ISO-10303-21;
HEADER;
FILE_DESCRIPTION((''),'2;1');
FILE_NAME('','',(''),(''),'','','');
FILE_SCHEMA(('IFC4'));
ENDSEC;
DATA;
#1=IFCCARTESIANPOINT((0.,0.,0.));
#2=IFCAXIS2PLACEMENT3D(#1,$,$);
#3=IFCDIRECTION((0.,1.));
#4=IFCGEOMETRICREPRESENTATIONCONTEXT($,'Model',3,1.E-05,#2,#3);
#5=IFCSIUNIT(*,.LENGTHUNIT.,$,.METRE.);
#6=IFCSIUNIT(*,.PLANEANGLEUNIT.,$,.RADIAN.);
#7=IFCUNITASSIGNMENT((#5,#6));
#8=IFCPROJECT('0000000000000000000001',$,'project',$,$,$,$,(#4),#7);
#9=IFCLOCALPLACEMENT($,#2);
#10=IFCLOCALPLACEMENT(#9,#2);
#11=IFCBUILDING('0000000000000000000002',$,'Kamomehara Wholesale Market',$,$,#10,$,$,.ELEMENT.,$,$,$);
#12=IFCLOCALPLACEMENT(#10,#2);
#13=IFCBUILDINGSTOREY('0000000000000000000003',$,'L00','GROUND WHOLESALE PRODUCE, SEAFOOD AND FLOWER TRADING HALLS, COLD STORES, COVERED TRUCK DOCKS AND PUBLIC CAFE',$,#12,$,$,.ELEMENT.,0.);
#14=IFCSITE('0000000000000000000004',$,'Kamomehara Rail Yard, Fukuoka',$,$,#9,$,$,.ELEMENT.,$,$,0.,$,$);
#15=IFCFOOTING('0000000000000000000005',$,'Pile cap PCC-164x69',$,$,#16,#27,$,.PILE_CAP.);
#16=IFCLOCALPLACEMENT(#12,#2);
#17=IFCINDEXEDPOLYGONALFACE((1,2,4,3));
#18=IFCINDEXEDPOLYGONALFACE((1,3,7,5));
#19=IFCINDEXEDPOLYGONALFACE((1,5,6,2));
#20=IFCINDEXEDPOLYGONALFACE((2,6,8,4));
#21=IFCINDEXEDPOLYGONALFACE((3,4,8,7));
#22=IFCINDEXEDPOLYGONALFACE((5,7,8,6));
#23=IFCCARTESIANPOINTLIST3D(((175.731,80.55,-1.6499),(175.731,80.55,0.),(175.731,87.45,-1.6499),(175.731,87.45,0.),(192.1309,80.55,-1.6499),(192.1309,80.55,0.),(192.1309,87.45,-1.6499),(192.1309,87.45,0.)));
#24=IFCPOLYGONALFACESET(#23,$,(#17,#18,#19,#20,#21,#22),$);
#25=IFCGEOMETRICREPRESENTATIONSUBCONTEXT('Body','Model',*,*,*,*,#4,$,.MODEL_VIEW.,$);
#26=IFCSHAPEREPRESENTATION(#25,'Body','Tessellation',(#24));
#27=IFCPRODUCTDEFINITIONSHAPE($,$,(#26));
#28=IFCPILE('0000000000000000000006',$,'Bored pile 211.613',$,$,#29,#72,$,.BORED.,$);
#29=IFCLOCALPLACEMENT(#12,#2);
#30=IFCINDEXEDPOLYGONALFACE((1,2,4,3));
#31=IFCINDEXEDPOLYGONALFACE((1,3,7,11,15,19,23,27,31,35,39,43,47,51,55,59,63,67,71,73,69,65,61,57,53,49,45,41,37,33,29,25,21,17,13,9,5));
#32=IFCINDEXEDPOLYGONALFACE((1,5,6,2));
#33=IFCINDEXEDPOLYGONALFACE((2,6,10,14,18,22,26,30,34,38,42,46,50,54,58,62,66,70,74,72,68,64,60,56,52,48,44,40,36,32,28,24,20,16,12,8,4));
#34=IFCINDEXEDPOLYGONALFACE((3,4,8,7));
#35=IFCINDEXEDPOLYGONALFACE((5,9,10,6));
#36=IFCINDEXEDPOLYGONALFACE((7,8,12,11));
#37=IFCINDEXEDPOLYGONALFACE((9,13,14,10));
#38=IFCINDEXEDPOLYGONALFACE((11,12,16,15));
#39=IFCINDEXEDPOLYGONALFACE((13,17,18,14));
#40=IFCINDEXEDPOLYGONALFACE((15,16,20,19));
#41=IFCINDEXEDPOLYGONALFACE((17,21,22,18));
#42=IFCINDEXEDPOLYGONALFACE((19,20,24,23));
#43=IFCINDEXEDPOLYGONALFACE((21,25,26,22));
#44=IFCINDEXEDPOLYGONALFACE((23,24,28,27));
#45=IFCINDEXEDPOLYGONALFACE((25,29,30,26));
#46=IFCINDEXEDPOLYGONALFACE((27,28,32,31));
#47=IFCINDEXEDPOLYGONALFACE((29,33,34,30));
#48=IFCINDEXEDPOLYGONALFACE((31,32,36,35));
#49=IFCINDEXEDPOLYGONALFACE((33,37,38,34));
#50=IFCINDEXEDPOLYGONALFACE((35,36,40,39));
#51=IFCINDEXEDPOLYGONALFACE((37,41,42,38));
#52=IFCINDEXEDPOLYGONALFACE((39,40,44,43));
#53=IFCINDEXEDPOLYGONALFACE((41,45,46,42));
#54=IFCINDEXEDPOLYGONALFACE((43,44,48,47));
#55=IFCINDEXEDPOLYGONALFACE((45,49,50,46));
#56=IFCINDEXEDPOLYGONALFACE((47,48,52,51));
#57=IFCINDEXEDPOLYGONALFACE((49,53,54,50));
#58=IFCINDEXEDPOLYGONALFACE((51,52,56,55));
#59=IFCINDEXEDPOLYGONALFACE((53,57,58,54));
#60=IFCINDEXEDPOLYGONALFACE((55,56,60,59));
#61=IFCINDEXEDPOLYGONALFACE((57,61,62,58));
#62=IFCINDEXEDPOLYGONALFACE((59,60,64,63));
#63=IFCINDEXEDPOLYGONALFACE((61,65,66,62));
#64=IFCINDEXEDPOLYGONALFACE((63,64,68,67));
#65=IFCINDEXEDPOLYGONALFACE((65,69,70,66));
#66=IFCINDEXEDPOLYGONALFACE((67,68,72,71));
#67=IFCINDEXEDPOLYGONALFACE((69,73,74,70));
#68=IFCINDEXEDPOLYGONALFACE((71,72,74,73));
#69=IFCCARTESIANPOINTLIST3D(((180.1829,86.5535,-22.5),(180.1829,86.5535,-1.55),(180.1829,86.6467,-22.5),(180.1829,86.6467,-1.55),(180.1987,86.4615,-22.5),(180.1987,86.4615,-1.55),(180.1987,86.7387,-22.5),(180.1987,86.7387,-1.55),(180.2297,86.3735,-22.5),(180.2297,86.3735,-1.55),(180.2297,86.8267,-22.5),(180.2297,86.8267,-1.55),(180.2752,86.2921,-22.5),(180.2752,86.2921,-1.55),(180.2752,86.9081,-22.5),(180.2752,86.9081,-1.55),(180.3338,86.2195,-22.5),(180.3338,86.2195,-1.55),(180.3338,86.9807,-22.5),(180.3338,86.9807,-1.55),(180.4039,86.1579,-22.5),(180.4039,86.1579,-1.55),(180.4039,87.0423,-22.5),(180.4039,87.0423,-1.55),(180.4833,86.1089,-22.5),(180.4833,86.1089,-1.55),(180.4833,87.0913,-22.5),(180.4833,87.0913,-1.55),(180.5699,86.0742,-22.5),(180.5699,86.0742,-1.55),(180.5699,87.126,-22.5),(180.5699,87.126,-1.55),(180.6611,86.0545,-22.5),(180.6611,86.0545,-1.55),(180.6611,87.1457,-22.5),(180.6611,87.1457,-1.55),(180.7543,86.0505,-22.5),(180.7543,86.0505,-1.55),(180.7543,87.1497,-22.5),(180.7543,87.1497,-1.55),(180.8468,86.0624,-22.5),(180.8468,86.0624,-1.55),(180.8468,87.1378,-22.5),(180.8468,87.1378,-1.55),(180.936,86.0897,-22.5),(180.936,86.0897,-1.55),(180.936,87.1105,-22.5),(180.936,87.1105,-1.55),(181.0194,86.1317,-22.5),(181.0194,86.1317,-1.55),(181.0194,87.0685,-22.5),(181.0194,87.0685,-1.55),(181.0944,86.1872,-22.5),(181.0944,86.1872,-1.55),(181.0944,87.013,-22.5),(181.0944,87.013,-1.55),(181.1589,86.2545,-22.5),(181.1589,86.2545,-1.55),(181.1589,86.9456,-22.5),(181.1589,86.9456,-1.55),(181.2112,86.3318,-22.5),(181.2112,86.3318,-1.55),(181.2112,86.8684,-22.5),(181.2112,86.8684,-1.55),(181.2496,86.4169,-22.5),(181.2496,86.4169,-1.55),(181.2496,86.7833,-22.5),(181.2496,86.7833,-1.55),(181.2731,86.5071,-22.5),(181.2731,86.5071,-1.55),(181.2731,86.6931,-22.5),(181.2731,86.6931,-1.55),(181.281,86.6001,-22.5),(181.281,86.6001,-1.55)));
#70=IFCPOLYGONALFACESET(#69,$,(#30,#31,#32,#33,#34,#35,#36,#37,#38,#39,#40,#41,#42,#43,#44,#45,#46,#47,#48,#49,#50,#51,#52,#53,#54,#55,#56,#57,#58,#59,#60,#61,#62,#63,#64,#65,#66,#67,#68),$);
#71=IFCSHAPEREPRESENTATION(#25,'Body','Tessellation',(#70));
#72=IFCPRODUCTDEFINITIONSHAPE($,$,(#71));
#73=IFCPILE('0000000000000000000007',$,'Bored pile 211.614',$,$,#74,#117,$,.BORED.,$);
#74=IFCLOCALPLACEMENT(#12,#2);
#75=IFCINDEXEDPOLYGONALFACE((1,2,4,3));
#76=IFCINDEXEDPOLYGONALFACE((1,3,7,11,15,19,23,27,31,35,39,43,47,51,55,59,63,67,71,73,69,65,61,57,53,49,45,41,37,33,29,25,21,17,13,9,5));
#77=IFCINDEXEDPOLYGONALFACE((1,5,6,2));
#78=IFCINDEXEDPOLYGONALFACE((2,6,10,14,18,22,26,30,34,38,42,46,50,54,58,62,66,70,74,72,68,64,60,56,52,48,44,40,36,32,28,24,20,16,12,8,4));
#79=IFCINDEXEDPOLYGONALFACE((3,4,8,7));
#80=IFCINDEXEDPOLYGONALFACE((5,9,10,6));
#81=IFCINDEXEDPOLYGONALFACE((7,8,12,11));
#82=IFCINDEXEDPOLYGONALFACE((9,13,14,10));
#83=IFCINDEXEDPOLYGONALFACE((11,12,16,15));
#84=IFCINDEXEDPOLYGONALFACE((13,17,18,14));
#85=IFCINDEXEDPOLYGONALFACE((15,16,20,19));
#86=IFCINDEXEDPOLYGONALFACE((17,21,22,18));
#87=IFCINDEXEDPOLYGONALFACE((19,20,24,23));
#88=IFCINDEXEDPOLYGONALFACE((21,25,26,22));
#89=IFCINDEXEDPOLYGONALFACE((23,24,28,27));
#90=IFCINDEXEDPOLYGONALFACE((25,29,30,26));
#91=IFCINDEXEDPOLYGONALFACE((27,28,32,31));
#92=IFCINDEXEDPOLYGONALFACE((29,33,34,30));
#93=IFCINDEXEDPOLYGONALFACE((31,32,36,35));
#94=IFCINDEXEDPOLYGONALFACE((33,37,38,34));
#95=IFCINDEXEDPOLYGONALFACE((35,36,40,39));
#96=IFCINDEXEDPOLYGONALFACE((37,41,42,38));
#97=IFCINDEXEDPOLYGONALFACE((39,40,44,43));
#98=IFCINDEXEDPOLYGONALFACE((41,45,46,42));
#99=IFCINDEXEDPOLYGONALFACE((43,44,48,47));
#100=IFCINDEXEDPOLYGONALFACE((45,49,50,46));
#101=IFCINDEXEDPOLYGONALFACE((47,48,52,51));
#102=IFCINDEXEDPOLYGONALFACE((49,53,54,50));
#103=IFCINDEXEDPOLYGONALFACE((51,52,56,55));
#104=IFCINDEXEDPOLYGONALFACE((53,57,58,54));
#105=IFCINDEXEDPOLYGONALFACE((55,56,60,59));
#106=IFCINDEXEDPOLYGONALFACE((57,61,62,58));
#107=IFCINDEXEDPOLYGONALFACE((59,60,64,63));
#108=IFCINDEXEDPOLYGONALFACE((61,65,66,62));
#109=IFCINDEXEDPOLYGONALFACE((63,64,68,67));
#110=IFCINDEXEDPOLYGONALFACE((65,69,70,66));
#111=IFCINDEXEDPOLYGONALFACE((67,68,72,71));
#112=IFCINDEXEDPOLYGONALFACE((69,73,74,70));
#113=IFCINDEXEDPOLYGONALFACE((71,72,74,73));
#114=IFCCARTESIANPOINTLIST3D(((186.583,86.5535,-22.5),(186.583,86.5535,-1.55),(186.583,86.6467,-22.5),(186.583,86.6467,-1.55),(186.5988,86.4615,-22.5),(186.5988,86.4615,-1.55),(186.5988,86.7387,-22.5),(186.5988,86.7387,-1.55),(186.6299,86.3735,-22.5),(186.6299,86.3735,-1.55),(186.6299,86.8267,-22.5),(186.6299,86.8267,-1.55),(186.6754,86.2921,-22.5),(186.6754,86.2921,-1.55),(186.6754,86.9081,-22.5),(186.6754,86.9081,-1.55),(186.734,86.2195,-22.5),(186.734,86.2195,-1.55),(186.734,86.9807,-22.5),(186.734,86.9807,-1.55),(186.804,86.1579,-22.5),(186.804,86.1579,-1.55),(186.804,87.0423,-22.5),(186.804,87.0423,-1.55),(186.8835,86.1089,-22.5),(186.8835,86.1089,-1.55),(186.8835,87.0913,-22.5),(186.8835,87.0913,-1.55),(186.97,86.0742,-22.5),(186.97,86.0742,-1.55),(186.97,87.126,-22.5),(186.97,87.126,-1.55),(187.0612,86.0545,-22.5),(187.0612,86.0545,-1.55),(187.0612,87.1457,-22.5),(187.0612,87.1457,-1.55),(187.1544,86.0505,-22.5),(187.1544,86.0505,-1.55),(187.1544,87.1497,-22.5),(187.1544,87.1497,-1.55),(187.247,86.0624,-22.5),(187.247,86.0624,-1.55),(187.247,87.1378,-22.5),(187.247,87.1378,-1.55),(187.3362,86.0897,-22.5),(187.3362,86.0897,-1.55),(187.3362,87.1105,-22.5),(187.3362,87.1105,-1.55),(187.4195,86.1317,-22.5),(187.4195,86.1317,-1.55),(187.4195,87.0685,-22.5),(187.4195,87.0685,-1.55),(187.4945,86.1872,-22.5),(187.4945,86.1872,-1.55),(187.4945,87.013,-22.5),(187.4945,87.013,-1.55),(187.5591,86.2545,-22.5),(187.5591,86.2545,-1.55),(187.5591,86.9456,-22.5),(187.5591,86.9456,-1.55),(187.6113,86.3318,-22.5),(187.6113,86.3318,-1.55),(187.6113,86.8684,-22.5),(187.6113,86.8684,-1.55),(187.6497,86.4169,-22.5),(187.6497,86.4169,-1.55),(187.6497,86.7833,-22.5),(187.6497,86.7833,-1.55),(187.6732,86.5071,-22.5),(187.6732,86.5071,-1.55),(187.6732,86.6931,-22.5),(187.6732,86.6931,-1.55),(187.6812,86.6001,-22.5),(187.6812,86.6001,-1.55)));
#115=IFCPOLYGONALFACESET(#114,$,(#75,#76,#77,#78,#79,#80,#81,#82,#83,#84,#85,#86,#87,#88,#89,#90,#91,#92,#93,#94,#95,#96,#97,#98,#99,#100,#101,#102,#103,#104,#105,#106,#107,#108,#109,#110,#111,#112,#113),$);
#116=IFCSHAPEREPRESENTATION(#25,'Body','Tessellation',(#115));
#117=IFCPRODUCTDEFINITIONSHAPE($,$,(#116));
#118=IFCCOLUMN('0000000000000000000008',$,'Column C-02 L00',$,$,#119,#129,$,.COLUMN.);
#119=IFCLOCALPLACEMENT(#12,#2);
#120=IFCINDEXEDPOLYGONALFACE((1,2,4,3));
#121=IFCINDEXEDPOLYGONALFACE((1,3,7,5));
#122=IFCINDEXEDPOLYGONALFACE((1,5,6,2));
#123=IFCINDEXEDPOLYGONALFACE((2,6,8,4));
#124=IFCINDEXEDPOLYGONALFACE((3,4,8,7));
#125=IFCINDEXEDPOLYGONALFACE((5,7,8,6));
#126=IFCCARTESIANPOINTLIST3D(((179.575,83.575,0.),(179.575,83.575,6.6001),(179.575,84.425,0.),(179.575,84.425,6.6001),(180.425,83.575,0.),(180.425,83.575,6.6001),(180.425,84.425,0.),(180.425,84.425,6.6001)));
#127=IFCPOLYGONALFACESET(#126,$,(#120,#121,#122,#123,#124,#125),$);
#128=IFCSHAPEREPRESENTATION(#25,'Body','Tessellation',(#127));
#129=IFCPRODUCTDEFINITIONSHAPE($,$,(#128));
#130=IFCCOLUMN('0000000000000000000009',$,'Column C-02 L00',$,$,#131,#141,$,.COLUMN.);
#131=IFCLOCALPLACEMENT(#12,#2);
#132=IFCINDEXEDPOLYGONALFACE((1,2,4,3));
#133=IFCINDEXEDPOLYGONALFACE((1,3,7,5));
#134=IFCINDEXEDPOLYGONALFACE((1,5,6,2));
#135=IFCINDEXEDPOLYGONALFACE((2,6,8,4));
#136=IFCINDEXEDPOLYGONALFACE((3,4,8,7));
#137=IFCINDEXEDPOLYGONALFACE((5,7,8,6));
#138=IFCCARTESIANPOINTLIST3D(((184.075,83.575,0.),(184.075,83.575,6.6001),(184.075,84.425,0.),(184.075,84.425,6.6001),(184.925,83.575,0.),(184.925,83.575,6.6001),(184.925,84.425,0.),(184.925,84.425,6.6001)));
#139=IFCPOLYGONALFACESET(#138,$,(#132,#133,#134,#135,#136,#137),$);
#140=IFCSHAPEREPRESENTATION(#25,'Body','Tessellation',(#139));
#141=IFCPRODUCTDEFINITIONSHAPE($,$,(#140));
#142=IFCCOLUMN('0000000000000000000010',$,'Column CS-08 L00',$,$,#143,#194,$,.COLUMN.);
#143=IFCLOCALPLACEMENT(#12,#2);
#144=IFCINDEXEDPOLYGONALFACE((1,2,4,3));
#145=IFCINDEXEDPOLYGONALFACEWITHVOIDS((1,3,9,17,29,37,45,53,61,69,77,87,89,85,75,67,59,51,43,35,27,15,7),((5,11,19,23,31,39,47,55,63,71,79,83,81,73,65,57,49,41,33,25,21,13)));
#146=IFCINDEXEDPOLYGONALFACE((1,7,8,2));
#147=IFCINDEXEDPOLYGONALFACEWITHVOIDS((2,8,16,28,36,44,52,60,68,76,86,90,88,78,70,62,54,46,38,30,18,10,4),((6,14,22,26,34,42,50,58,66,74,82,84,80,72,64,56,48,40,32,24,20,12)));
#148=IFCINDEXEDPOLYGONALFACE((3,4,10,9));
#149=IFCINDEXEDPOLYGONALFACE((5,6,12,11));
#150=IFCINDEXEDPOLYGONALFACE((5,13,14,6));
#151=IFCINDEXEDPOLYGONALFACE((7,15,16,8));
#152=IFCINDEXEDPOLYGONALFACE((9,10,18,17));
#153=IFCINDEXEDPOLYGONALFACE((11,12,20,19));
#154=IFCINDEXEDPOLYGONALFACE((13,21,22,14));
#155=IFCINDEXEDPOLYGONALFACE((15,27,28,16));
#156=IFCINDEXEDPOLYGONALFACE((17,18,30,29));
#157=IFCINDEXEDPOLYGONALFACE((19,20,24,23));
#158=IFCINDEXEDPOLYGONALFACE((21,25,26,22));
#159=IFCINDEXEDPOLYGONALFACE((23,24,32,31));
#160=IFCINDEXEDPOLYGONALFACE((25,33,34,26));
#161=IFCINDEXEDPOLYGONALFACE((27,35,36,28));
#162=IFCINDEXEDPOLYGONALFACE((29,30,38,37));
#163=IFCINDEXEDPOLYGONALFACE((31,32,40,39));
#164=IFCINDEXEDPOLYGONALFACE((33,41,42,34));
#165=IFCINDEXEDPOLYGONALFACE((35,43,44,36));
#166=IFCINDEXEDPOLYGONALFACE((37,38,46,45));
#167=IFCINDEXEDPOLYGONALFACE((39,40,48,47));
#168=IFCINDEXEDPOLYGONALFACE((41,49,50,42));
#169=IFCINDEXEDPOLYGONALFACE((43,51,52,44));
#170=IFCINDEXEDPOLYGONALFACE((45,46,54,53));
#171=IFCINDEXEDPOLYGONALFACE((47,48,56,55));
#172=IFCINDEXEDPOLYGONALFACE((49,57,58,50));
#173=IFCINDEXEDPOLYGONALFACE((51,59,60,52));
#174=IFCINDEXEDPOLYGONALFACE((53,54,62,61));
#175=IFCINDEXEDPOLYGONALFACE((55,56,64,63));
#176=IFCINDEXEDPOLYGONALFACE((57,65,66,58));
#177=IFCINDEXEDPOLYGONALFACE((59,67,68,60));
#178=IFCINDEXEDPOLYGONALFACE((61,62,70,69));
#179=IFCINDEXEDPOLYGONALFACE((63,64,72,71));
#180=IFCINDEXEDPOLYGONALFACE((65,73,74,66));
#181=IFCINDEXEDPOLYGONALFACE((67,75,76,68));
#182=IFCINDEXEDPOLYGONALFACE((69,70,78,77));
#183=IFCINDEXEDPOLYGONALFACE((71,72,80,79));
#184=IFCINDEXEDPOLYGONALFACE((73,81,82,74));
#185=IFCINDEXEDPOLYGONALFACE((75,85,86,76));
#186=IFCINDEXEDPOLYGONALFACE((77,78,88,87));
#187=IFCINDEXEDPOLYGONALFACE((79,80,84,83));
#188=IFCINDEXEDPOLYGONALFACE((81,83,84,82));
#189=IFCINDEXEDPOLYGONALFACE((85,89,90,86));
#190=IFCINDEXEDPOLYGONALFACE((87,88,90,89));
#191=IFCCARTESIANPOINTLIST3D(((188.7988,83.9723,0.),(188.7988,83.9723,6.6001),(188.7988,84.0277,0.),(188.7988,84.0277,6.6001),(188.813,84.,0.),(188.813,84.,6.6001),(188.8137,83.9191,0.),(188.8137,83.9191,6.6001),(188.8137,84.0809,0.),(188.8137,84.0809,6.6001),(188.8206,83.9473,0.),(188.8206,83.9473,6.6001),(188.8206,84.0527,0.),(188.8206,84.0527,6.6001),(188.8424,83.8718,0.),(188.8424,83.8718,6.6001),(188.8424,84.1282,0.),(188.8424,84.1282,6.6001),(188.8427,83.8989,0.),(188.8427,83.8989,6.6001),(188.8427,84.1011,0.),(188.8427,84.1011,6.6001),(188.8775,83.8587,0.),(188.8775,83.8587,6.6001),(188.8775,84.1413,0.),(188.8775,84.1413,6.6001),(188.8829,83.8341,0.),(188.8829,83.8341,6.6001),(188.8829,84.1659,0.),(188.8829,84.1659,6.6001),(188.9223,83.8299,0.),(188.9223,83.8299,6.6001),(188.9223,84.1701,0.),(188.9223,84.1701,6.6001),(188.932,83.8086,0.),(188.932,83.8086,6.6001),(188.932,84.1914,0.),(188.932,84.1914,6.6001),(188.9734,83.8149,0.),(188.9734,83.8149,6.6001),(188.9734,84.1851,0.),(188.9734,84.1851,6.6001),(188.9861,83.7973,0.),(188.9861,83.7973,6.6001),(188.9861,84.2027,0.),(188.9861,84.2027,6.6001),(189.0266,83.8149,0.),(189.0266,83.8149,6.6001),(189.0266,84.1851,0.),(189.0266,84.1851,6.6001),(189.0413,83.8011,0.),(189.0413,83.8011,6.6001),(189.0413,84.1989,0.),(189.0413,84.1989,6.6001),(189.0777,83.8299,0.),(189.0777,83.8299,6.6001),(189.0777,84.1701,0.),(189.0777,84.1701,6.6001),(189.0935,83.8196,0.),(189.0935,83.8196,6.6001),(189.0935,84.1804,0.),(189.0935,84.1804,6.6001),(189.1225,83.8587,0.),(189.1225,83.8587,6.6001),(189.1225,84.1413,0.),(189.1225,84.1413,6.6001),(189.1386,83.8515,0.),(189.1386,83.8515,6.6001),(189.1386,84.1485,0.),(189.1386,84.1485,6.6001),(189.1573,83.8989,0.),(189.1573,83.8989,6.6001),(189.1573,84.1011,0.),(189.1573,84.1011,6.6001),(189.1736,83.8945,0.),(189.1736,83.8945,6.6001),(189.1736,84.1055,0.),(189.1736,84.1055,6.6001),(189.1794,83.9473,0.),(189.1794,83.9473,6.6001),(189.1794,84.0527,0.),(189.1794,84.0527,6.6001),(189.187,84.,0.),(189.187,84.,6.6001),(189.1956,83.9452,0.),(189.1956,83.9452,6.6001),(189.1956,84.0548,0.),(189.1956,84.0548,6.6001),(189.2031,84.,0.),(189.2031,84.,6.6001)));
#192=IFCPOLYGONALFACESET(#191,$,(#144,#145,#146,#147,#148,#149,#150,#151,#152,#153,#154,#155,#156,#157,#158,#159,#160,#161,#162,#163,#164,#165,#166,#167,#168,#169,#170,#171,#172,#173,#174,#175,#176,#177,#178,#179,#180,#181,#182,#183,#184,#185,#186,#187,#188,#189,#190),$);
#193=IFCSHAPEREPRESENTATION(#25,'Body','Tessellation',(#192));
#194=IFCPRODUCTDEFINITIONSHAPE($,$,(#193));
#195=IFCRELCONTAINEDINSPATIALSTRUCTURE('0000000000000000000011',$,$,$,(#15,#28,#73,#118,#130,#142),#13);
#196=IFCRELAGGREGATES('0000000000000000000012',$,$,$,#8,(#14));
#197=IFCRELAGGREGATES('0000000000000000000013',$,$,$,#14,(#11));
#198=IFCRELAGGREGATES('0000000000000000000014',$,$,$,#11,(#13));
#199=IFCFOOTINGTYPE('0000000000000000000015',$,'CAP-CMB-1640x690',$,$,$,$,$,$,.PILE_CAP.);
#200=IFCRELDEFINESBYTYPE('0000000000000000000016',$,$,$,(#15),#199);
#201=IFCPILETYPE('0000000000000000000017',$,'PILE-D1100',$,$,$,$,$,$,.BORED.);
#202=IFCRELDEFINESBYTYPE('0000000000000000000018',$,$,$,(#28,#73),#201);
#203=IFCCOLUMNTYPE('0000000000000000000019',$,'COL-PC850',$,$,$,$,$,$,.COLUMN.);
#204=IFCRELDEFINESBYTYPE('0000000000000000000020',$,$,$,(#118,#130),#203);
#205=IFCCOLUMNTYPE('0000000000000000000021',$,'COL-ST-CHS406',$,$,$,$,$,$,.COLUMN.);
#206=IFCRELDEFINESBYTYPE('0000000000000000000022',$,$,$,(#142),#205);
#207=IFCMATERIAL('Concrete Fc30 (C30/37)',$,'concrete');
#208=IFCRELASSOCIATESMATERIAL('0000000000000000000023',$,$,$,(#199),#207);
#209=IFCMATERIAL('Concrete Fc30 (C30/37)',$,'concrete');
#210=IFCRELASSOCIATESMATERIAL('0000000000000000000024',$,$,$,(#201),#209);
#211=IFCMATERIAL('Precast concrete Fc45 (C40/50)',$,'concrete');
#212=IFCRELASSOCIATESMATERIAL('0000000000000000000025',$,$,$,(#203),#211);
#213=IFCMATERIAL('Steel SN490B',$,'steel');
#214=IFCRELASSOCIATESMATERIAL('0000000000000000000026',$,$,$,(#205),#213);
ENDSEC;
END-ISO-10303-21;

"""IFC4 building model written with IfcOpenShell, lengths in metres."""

from ifc_helpers import new_model, si_unit, direction, frame, origin, origin_2d, place, context, subcontext, project, spatial, rectangle, circle, hollow_circle, extrude, material, material_profile, profile_set, type_object, element, save


model = new_model("IFC4")

# Units and contexts
model_context = context("Model", 3, precision=1e-05, world=origin(), true_north=direction((0.0, 1.0)))
body_context = subcontext(model_context, "Body", "Model", "MODEL_VIEW")
ifc_project = project(units=[si_unit("LENGTHUNIT", "METRE"), si_unit("PLANEANGLEUNIT", "RADIAN")], contexts=[model_context])

# Site, building, storey
site_placement = place(None, origin())
site = spatial("IfcSite", under=ifc_project, at=site_placement, Name="Kamomehara Rail Yard, Fukuoka", CompositionType="ELEMENT", RefElevation=0.0)
building_placement = place(site_placement, origin())
building = spatial("IfcBuilding", under=site, at=building_placement, Name="Kamomehara Wholesale Market", CompositionType="ELEMENT")
storey_placement = place(building_placement, origin())
storey = spatial("IfcBuildingStorey", under=building, at=storey_placement, Name="L00", Description="GROUND WHOLESALE PRODUCE, SEAFOOD AND FLOWER TRADING HALLS, COLD STORES, COVERED TRUCK DOCKS AND PUBLIC CAFE", CompositionType="ELEMENT", Elevation=0.0)

# Footing
ifc_material_1 = material(Name="Concrete Fc30 (C30/37)", Category="concrete")
footing_type = type_object("IfcFootingType", Name="CAP-CMB-1640x690", PredefinedType="PILE_CAP", material=ifc_material_1)
footing_placement = place(storey_placement, frame((183.9309, 84.0, -1.6499), z_axis=(0.0, 0.0, 1.0), x_axis=(1.0, 0.0, 0.0)))
element("IfcFooting", 1, at=footing_placement, inside=storey, type_object=footing_type, Name="Pile cap PCC-164x69", PredefinedType="PILE_CAP", context=body_context, shape_type="SweptSolid", body=[
    extrude(rectangle(XDim=16.3999, YDim=6.8999, at=origin_2d()), origin(), (0.0, 0.0, 1.0), 1.6499),
])

# Piles
ifc_material_2 = material(Name="Concrete Fc30 (C30/37)", Category="concrete")
ifc_material_profile_1 = material_profile(ifc_material_2, circle(Radius=0.55, at=origin_2d()), Name="RC-PILE-D1100")
ifc_profile_set_1 = profile_set([ifc_material_profile_1], Name="Concrete Fc30 (C30/37)")
pile_type = type_object("IfcPileType", Name="PILE-D1100", PredefinedType="BORED", material=ifc_profile_set_1)
for number, where, z_axis, x_axis, name in (
    (2, (180.731, 86.6001, -1.55), (0.0, 0.0, -1.0), (1.0, 0.0, 0.0), "Bored pile 211.613"),
    (3, (187.1311, 86.6001, -1.55), (0.0, 0.0, -1.0), (1.0, 0.0, 0.0), "Bored pile 211.614"),
):
    element("IfcPile", number, at=place(storey_placement, frame(where, z_axis=z_axis, x_axis=x_axis)), inside=storey, type_object=pile_type, Name=name, PredefinedType="BORED", context=body_context, shape_type="SweptSolid", body=[
        extrude(circle(Radius=0.55, at=origin_2d()), origin(), (0.0, 0.0, 1.0), 20.95),
    ])

# Columns
ifc_material_3 = material(Name="Precast concrete Fc45 (C40/50)", Category="concrete")
ifc_material_profile_2 = material_profile(ifc_material_3, rectangle(XDim=0.8501, YDim=0.8501, at=origin_2d()), Name="PC-COL-850x850")
ifc_profile_set_2 = profile_set([ifc_material_profile_2], Name="Precast concrete Fc45 (C40/50)")
column_type_1 = type_object("IfcColumnType", Name="COL-PC850", PredefinedType="COLUMN", material=ifc_profile_set_2)
for number, where, z_axis, x_axis, name in (
    (4, (180.0, 84.0, 0.0), (0.0, 0.0, 1.0), (1.0, 0.0, 0.0), "Column C-02 L00"),
    (5, (184.5, 84.0, 0.0), (0.0, 0.0, 1.0), (1.0, 0.0, 0.0), "Column C-02 L00"),
):
    element("IfcColumn", number, at=place(storey_placement, frame(where, z_axis=z_axis, x_axis=x_axis)), inside=storey, type_object=column_type_1, Name=name, PredefinedType="COLUMN", context=body_context, shape_type="SweptSolid", body=[
        extrude(rectangle(XDim=0.8501, YDim=0.8501, at=origin_2d()), origin(), (0.0, 0.0, 1.0), 6.6001),
    ])
ifc_material_4 = material(Name="Steel SN490B", Category="steel")
ifc_material_profile_3 = material_profile(ifc_material_4, hollow_circle(Radius=0.2031, WallThickness=0.0161, at=origin_2d()), Name="CHS-406.4x16.0")
ifc_profile_set_3 = profile_set([ifc_material_profile_3], Name="Steel SN490B")
column_type_2 = type_object("IfcColumnType", Name="COL-ST-CHS406", PredefinedType="COLUMN", material=ifc_profile_set_3)
column_placement = place(storey_placement, frame((189.0, 84.0, 0.0), z_axis=(0.0, 0.0, 1.0), x_axis=(1.0, 0.0, 0.0)))
element("IfcColumn", 6, at=column_placement, inside=storey, type_object=column_type_2, Name="Column CS-08 L00", PredefinedType="COLUMN", context=body_context, shape_type="SweptSolid", body=[
    extrude(hollow_circle(Radius=0.2031, WallThickness=0.0161, at=origin_2d()), origin(), (0.0, 0.0, 1.0), 6.6001),
])

save(model, "model.ifc")
